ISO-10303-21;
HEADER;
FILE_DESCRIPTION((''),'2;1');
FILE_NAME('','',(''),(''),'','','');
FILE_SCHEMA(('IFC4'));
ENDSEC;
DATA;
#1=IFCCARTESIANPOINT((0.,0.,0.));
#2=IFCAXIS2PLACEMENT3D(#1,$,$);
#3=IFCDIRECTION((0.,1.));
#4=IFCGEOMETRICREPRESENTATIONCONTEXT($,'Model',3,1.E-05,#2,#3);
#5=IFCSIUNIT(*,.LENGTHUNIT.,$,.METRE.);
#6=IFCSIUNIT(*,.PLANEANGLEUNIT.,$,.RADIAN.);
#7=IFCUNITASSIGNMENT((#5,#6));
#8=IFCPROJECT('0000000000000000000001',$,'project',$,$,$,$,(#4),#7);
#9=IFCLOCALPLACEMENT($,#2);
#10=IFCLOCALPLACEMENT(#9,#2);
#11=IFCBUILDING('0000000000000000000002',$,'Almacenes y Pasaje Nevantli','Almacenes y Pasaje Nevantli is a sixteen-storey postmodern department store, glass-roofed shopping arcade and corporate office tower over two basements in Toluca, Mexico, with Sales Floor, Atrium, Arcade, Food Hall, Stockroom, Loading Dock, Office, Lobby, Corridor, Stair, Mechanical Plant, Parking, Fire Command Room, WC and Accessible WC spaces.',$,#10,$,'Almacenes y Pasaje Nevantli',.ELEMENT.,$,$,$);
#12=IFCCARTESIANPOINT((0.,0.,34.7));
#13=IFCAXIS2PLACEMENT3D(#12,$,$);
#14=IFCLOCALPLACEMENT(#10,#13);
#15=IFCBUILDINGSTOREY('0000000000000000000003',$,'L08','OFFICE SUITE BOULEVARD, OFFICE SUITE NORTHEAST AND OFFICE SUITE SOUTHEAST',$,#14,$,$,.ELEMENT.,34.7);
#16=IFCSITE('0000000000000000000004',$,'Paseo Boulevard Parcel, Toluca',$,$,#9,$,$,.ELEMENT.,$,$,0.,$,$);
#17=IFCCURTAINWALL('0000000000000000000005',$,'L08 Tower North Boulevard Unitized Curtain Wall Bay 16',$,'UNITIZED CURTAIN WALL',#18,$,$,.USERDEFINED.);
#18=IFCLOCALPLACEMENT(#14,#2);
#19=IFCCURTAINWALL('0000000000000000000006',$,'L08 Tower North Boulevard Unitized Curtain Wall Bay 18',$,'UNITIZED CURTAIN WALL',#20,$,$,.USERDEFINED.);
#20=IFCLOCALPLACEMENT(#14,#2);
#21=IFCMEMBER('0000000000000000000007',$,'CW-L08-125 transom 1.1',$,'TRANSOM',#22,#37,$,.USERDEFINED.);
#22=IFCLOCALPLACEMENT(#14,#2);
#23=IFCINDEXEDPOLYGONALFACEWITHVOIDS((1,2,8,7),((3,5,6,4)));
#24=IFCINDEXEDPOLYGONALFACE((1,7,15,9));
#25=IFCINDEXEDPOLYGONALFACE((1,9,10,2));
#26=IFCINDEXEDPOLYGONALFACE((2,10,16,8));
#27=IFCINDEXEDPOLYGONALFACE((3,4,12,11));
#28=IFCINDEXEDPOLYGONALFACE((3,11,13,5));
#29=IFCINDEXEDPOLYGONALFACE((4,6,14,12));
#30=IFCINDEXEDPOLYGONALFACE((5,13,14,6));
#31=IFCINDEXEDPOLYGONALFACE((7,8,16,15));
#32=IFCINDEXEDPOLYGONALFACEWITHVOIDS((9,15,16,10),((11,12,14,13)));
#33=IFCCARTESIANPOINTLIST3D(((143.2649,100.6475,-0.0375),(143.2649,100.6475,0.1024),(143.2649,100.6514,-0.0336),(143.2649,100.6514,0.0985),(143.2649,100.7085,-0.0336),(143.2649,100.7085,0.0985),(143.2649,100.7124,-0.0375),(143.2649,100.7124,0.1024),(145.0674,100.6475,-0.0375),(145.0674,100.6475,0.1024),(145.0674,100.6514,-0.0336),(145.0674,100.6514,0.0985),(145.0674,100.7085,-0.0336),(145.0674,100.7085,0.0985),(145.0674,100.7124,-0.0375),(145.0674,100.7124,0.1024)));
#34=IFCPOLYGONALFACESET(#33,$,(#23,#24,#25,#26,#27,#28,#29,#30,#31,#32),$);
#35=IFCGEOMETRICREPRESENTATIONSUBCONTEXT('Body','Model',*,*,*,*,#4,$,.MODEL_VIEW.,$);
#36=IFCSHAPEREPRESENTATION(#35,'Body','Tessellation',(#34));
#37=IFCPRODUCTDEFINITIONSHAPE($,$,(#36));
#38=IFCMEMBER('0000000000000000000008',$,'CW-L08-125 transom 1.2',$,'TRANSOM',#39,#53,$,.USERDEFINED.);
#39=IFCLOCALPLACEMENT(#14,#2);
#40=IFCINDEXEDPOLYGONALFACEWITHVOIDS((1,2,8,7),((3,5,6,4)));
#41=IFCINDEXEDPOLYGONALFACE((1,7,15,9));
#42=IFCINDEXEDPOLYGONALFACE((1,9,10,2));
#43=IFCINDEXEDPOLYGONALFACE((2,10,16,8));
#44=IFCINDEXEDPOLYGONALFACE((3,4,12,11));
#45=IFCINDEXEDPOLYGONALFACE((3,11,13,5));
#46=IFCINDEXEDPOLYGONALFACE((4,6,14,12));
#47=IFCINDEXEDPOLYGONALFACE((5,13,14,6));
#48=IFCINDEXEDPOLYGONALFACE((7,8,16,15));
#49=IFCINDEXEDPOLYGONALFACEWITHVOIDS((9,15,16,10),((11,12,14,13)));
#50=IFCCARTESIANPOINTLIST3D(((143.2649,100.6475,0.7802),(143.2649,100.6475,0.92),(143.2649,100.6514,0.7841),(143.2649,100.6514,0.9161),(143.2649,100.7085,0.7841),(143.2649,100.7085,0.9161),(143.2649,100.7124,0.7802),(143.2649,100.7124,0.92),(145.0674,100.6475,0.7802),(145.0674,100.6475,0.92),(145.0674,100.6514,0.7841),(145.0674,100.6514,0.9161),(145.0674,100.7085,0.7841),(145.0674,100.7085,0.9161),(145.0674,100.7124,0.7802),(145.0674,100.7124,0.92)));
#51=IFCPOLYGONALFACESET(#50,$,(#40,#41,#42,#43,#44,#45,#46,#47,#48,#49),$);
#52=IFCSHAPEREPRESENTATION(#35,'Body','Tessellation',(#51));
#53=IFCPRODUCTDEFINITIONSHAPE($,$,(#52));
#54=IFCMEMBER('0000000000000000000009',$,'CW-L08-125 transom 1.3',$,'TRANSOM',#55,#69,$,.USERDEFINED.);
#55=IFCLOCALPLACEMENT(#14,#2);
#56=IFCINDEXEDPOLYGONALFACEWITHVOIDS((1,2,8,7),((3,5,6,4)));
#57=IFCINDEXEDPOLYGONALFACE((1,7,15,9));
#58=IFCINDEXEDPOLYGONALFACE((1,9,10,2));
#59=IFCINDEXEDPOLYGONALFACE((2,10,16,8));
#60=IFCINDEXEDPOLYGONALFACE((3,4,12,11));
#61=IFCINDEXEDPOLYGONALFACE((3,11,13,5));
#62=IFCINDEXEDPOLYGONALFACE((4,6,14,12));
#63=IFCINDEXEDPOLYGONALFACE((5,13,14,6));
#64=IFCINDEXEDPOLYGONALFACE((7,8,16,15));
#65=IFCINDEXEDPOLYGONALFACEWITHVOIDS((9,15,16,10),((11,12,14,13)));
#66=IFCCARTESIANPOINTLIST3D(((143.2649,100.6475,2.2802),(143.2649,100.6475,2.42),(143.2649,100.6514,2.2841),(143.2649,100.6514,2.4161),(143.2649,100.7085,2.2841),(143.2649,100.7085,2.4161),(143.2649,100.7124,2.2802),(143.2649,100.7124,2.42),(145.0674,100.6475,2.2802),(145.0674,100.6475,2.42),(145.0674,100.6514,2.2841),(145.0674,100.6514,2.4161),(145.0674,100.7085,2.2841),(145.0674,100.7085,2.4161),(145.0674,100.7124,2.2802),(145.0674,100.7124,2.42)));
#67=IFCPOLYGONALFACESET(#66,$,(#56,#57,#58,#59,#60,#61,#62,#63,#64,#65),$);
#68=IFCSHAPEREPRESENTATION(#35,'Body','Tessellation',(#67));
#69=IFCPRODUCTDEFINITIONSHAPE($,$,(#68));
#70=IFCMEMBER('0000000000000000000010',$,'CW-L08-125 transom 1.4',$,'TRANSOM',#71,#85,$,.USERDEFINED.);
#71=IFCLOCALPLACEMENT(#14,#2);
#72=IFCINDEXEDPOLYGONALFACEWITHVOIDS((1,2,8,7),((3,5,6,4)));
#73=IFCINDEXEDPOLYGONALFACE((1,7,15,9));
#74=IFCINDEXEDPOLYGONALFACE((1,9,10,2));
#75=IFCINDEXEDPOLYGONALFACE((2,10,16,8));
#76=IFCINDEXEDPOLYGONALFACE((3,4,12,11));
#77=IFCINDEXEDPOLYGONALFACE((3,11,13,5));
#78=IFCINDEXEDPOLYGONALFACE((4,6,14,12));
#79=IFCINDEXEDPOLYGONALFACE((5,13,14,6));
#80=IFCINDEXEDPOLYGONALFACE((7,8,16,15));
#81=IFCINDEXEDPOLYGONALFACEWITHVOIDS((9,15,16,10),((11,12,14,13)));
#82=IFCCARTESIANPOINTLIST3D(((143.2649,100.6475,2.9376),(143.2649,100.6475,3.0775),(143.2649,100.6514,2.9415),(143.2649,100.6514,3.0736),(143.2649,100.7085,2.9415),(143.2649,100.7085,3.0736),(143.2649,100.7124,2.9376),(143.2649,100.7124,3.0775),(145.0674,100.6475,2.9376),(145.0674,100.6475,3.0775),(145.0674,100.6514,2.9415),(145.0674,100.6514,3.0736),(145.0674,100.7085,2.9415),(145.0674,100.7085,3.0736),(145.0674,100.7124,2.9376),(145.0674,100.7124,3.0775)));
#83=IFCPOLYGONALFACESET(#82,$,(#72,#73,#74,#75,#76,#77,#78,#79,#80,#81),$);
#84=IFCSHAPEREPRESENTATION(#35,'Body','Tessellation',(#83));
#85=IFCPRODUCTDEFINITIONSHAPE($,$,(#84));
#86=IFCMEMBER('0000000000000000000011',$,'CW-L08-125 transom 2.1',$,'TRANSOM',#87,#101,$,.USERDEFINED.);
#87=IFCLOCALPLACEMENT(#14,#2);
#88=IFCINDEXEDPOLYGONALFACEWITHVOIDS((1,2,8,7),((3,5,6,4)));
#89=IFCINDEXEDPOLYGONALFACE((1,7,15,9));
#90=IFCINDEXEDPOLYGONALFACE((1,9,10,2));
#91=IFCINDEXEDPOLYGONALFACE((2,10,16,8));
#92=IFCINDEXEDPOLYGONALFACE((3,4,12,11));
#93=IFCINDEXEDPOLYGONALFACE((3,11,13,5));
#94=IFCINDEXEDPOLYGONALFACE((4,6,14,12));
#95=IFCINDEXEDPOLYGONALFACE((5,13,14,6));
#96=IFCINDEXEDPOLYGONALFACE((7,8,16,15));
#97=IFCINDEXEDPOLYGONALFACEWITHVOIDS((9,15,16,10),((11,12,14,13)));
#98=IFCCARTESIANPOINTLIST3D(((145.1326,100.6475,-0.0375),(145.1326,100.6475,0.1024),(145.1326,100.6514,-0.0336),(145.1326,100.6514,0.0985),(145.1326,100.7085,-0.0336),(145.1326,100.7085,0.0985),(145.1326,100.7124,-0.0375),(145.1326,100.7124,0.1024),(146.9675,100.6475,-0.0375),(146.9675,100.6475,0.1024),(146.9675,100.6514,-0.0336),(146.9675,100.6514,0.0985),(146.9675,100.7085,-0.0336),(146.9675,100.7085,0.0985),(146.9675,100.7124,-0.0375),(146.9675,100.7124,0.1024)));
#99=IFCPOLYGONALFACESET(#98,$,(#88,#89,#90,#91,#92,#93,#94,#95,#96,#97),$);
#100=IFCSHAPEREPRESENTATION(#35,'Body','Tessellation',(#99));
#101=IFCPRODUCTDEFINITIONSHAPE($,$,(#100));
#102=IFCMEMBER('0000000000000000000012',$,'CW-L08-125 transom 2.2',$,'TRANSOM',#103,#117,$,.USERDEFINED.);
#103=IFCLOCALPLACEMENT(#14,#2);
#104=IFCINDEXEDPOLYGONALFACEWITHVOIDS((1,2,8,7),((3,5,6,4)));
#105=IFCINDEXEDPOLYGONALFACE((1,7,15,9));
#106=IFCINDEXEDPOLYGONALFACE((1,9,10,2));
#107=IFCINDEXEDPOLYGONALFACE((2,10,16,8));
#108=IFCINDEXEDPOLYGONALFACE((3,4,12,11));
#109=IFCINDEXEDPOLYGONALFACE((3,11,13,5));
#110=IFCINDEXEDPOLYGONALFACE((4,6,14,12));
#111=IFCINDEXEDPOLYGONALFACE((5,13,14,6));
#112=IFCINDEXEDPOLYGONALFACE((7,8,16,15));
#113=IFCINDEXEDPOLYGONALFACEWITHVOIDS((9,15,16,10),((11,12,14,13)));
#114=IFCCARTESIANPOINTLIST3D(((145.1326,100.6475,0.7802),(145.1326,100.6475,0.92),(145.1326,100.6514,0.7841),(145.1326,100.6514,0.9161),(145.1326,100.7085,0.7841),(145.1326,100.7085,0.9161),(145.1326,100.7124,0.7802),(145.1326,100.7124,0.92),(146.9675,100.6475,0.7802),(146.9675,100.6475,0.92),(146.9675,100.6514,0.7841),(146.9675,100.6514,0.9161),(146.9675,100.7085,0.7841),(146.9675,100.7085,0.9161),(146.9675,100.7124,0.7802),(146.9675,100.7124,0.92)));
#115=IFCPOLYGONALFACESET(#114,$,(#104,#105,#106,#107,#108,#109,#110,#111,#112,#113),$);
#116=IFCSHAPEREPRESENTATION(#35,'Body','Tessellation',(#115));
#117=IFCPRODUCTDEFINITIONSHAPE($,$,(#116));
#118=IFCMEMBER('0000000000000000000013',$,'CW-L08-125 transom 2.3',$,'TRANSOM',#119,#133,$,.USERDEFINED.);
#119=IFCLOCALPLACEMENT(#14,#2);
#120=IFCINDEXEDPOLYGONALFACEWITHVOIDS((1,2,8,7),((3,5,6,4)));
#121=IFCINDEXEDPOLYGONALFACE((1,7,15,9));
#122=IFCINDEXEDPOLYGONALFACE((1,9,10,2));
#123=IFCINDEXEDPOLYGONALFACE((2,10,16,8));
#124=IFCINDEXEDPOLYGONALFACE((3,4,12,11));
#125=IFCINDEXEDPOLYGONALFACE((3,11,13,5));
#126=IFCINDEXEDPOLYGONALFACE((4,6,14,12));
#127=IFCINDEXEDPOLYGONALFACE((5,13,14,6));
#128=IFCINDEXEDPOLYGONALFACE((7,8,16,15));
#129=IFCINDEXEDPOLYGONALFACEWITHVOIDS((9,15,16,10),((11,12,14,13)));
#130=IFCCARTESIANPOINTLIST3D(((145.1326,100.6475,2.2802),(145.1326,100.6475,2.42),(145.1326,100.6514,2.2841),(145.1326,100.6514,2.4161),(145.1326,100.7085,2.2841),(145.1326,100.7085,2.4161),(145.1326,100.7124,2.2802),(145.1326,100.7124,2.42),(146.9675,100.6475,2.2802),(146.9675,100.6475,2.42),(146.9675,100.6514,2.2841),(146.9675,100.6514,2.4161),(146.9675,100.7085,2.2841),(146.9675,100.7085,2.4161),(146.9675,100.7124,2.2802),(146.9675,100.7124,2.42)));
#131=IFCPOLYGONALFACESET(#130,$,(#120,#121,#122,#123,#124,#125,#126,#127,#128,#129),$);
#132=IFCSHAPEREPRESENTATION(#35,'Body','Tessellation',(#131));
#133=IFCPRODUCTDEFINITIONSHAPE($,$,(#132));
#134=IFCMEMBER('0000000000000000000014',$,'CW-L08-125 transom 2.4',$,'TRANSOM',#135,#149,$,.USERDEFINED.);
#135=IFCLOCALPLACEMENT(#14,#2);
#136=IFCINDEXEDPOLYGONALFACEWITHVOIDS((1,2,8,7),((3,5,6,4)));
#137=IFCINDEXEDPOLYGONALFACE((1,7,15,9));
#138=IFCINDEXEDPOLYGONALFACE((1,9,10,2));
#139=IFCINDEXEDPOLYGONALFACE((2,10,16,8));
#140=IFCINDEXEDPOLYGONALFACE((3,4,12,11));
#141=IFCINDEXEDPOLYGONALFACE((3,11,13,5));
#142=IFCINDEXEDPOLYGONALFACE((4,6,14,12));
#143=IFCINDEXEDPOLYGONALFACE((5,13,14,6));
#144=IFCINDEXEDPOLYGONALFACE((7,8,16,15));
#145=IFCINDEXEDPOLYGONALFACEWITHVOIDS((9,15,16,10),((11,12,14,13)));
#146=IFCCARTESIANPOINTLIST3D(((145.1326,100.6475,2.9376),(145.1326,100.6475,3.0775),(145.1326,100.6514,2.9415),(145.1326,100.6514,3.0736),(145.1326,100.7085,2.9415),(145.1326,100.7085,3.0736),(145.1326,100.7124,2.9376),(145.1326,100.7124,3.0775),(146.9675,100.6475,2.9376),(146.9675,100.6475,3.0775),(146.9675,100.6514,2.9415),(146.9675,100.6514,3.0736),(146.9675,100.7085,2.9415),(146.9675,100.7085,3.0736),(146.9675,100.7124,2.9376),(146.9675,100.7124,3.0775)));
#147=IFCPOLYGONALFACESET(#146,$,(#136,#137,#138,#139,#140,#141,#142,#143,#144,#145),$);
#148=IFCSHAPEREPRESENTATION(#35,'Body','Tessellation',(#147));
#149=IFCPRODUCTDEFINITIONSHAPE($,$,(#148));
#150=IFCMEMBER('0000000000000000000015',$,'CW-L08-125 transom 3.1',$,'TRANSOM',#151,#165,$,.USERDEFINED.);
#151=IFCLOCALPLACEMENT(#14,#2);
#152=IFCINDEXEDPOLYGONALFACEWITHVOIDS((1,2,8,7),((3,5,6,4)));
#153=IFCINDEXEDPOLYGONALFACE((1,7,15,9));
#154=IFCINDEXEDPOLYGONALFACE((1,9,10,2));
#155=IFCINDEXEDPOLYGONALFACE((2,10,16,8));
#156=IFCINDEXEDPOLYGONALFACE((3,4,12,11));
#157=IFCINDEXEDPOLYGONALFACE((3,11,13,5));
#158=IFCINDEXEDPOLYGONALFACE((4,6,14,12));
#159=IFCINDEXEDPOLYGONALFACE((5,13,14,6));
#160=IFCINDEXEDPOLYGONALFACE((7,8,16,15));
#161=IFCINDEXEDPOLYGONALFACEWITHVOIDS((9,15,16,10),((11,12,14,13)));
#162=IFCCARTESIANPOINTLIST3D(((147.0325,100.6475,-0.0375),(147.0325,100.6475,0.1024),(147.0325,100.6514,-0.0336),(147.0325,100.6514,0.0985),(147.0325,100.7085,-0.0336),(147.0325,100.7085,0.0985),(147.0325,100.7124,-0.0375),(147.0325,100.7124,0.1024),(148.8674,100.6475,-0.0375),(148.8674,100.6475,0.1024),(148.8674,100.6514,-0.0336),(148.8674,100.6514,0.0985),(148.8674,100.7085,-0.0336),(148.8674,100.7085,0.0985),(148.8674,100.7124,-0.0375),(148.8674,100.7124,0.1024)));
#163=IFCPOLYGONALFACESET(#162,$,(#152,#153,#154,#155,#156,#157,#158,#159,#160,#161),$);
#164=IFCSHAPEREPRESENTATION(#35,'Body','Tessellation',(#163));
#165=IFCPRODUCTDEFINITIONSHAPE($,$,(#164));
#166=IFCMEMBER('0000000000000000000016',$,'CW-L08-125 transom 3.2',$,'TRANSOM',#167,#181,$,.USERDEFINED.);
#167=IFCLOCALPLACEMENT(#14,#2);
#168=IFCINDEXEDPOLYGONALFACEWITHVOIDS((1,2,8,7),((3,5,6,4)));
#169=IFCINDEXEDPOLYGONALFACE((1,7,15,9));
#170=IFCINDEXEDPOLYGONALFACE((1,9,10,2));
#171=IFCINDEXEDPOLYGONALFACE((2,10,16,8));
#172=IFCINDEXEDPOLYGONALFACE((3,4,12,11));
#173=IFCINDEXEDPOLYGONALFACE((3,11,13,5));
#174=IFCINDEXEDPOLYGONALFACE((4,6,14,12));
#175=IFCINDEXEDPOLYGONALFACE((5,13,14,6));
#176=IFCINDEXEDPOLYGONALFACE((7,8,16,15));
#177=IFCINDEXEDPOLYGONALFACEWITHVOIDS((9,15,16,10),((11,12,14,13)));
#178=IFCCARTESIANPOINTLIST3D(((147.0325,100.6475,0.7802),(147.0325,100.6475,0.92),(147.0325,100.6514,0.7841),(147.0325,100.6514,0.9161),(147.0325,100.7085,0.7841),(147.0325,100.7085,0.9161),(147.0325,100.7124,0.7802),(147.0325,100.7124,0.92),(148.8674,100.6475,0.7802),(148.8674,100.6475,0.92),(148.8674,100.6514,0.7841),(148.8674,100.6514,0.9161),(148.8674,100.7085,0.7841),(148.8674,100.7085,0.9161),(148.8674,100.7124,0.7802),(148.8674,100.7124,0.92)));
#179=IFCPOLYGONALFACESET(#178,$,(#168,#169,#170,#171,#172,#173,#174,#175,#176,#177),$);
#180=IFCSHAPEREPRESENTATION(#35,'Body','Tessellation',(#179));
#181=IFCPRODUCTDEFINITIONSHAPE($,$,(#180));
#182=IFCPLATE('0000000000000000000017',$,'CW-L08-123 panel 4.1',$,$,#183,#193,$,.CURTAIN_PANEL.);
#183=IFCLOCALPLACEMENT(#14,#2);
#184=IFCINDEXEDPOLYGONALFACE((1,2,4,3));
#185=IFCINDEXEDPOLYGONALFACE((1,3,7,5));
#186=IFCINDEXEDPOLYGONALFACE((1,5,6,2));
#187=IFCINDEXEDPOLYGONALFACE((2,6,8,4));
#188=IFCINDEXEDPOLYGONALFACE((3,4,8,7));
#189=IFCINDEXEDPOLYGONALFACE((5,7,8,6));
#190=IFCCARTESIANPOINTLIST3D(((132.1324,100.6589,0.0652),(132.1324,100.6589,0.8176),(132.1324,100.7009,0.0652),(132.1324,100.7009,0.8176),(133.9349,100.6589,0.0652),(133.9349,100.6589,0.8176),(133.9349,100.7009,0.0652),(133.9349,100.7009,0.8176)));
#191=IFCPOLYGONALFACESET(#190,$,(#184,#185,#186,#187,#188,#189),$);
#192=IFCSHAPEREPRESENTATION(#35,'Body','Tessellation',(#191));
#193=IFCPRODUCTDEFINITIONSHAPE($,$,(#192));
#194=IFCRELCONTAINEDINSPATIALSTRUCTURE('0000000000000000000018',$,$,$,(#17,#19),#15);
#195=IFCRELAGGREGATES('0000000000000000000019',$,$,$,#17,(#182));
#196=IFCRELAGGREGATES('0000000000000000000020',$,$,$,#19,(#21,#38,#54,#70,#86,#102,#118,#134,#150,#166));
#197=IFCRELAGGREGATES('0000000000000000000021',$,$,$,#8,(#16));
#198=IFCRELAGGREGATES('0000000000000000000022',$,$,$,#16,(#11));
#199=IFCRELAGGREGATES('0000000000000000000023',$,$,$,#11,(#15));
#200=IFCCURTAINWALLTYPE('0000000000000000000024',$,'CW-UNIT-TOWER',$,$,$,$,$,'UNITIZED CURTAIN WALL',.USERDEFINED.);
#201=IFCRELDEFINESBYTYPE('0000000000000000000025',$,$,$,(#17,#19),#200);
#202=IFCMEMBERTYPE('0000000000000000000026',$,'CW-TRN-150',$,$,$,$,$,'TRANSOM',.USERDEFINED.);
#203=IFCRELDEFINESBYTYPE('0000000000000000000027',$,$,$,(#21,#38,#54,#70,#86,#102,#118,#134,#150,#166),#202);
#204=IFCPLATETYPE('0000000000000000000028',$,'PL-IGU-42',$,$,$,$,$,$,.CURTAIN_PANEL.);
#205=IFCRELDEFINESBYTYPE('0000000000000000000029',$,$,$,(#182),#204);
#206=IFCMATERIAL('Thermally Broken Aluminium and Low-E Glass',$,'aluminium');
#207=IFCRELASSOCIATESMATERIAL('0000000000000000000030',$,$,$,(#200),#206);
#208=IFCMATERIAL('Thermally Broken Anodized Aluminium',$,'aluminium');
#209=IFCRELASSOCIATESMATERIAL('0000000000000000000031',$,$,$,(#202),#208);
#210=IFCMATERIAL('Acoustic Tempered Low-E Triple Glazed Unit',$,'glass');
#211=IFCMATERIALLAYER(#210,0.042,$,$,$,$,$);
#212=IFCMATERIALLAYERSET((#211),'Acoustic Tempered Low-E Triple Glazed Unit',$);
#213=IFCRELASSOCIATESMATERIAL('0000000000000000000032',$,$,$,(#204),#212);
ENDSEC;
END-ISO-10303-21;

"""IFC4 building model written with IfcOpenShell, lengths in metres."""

from ifc_helpers import new_model, si_unit, direction, frame, origin, origin_2d, place, context, subcontext, project, spatial, rectangle, hollow_rectangle, extrude, material, layer, layer_set, material_profile, profile_set, type_object, element, aggregate, save


model = new_model("IFC4")

# Units and contexts
model_context = context("Model", 3, precision=1e-05, world=origin(), true_north=direction((0.0, 1.0)))
body_context = subcontext(model_context, "Body", "Model", "MODEL_VIEW")
ifc_project = project(units=[si_unit("LENGTHUNIT", "METRE"), si_unit("PLANEANGLEUNIT", "RADIAN")], contexts=[model_context])

# Site, building, storey
site_placement = place(None, origin())
site = spatial("IfcSite", under=ifc_project, at=site_placement, Name="Paseo Boulevard Parcel, Toluca", CompositionType="ELEMENT", RefElevation=0.0)
building_placement = place(site_placement, origin())
building = spatial("IfcBuilding", under=site, at=building_placement, Name="Almacenes y Pasaje Nevantli", Description="Almacenes y Pasaje Nevantli is a sixteen-storey postmodern department store, glass-roofed shopping arcade and corporate office tower over two basements in Toluca, Mexico, with Sales Floor, Atrium, Arcade, Food Hall, Stockroom, Loading Dock, Office, Lobby, Corridor, Stair, Mechanical Plant, Parking, Fire Command Room, WC and Accessible WC spaces.", LongName="Almacenes y Pasaje Nevantli", CompositionType="ELEMENT")
storey_placement = place(building_placement, frame((0.0, 0.0, 34.7)))
storey = spatial("IfcBuildingStorey", under=building, at=storey_placement, Name="L08", Description="OFFICE SUITE BOULEVARD, OFFICE SUITE NORTHEAST AND OFFICE SUITE SOUTHEAST", CompositionType="ELEMENT", Elevation=34.7)

# Curtain wall
ifc_material_1 = material(Name="Thermally Broken Aluminium and Low-E Glass", Category="aluminium")
curtain_wall_type = type_object("IfcCurtainWallType", Name="CW-UNIT-TOWER", ElementType="UNITIZED CURTAIN WALL", PredefinedType="USERDEFINED", material=ifc_material_1)
curtain_wall_1_placement = place(storey_placement, origin())
curtain_wall_1 = element("IfcCurtainWall", 1, at=curtain_wall_1_placement, inside=storey, type_object=curtain_wall_type, Name="L08 Tower North Boulevard Unitized Curtain Wall Bay 16", ObjectType="UNITIZED CURTAIN WALL", PredefinedType="USERDEFINED")

# Curtain wall
curtain_wall_2_placement = place(storey_placement, origin())
curtain_wall_2 = element("IfcCurtainWall", 2, at=curtain_wall_2_placement, inside=storey, type_object=curtain_wall_type, Name="L08 Tower North Boulevard Unitized Curtain Wall Bay 18", ObjectType="UNITIZED CURTAIN WALL", PredefinedType="USERDEFINED")

# Members
ifc_material_2 = material(Name="Thermally Broken Anodized Aluminium", Category="aluminium")
ifc_material_profile_1 = material_profile(ifc_material_2, hollow_rectangle(XDim=0.0649, YDim=0.1399, WallThickness=0.0039, at=origin_2d()), Name="ALU-TRN-65x140")
ifc_profile_set_1 = profile_set([ifc_material_profile_1], Name="Thermally Broken Anodized Aluminium")
member_type_1 = type_object("IfcMemberType", Name="CW-TRN-150", ElementType="TRANSOM", PredefinedType="USERDEFINED", material=ifc_profile_set_1)
member_1_placement = place(storey_placement, frame((143.2649, 100.6799, 0.0325), z_axis=(1.0, 0.0, 0.0), x_axis=(0.0, 1.0, 0.0)))
member_1 = element("IfcMember", 3, at=member_1_placement, type_object=member_type_1, Name="CW-L08-125 transom 1.1", ObjectType="TRANSOM", PredefinedType="USERDEFINED", context=body_context, shape_type="SweptSolid", body=[
    extrude(hollow_rectangle(XDim=0.0649, YDim=0.1399, WallThickness=0.0039, at=origin_2d()), origin(), (0.0, 0.0, 1.0), 1.8025),
])
member_2_placement = place(storey_placement, frame((143.2649, 100.6799, 0.8501), z_axis=(1.0, 0.0, 0.0), x_axis=(0.0, 1.0, 0.0)))
member_2 = element("IfcMember", 4, at=member_2_placement, type_object=member_type_1, Name="CW-L08-125 transom 1.2", ObjectType="TRANSOM", PredefinedType="USERDEFINED", context=body_context, shape_type="SweptSolid", body=[
    extrude(hollow_rectangle(XDim=0.0649, YDim=0.1399, WallThickness=0.0039, at=origin_2d()), origin(), (0.0, 0.0, 1.0), 1.8025),
])
member_3_placement = place(storey_placement, frame((143.2649, 100.6799, 2.3501), z_axis=(1.0, 0.0, 0.0), x_axis=(0.0, 1.0, 0.0)))
member_3 = element("IfcMember", 5, at=member_3_placement, type_object=member_type_1, Name="CW-L08-125 transom 1.3", ObjectType="TRANSOM", PredefinedType="USERDEFINED", context=body_context, shape_type="SweptSolid", body=[
    extrude(hollow_rectangle(XDim=0.0649, YDim=0.1399, WallThickness=0.0039, at=origin_2d()), origin(), (0.0, 0.0, 1.0), 1.8025),
])
member_4_placement = place(storey_placement, frame((143.2649, 100.6799, 3.0076), z_axis=(1.0, 0.0, 0.0), x_axis=(0.0, 1.0, 0.0)))
member_4 = element("IfcMember", 6, at=member_4_placement, type_object=member_type_1, Name="CW-L08-125 transom 1.4", ObjectType="TRANSOM", PredefinedType="USERDEFINED", context=body_context, shape_type="SweptSolid", body=[
    extrude(hollow_rectangle(XDim=0.0649, YDim=0.1399, WallThickness=0.0039, at=origin_2d()), origin(), (0.0, 0.0, 1.0), 1.8025),
])
member_5_placement = place(storey_placement, frame((145.1326, 100.6799, 0.0325), z_axis=(1.0, 0.0, 0.0), x_axis=(0.0, 1.0, 0.0)))
member_5 = element("IfcMember", 7, at=member_5_placement, type_object=member_type_1, Name="CW-L08-125 transom 2.1", ObjectType="TRANSOM", PredefinedType="USERDEFINED", context=body_context, shape_type="SweptSolid", body=[
    extrude(hollow_rectangle(XDim=0.0649, YDim=0.1399, WallThickness=0.0039, at=origin_2d()), origin(), (0.0, 0.0, 1.0), 1.835),
])
member_6_placement = place(storey_placement, frame((145.1326, 100.6799, 0.8501), z_axis=(1.0, 0.0, 0.0), x_axis=(0.0, 1.0, 0.0)))
member_6 = element("IfcMember", 8, at=member_6_placement, type_object=member_type_1, Name="CW-L08-125 transom 2.2", ObjectType="TRANSOM", PredefinedType="USERDEFINED", context=body_context, shape_type="SweptSolid", body=[
    extrude(hollow_rectangle(XDim=0.0649, YDim=0.1399, WallThickness=0.0039, at=origin_2d()), origin(), (0.0, 0.0, 1.0), 1.835),
])
member_7_placement = place(storey_placement, frame((145.1326, 100.6799, 2.3501), z_axis=(1.0, 0.0, 0.0), x_axis=(0.0, 1.0, 0.0)))
member_7 = element("IfcMember", 9, at=member_7_placement, type_object=member_type_1, Name="CW-L08-125 transom 2.3", ObjectType="TRANSOM", PredefinedType="USERDEFINED", context=body_context, shape_type="SweptSolid", body=[
    extrude(hollow_rectangle(XDim=0.0649, YDim=0.1399, WallThickness=0.0039, at=origin_2d()), origin(), (0.0, 0.0, 1.0), 1.835),
])
member_8_placement = place(storey_placement, frame((145.1326, 100.6799, 3.0076), z_axis=(1.0, 0.0, 0.0), x_axis=(0.0, 1.0, 0.0)))
member_8 = element("IfcMember", 10, at=member_8_placement, type_object=member_type_1, Name="CW-L08-125 transom 2.4", ObjectType="TRANSOM", PredefinedType="USERDEFINED", context=body_context, shape_type="SweptSolid", body=[
    extrude(hollow_rectangle(XDim=0.0649, YDim=0.1399, WallThickness=0.0039, at=origin_2d()), origin(), (0.0, 0.0, 1.0), 1.835),
])
member_9_placement = place(storey_placement, frame((147.0325, 100.6799, 0.0325), z_axis=(1.0, 0.0, 0.0), x_axis=(0.0, 1.0, 0.0)))
member_9 = element("IfcMember", 11, at=member_9_placement, type_object=member_type_1, Name="CW-L08-125 transom 3.1", ObjectType="TRANSOM", PredefinedType="USERDEFINED", context=body_context, shape_type="SweptSolid", body=[
    extrude(hollow_rectangle(XDim=0.0649, YDim=0.1399, WallThickness=0.0039, at=origin_2d()), origin(), (0.0, 0.0, 1.0), 1.835),
])
member_10_placement = place(storey_placement, frame((147.0325, 100.6799, 0.8501), z_axis=(1.0, 0.0, 0.0), x_axis=(0.0, 1.0, 0.0)))
member_10 = element("IfcMember", 12, at=member_10_placement, type_object=member_type_1, Name="CW-L08-125 transom 3.2", ObjectType="TRANSOM", PredefinedType="USERDEFINED", context=body_context, shape_type="SweptSolid", body=[
    extrude(hollow_rectangle(XDim=0.0649, YDim=0.1399, WallThickness=0.0039, at=origin_2d()), origin(), (0.0, 0.0, 1.0), 1.835),
])

# Plate
ifc_material_3 = material(Name="Acoustic Tempered Low-E Triple Glazed Unit", Category="glass")
ifc_layer_1 = layer(ifc_material_3, 0.042)
ifc_layer_set_1 = layer_set([ifc_layer_1], Name="Acoustic Tempered Low-E Triple Glazed Unit")
plate_type = type_object("IfcPlateType", Name="PL-IGU-42", PredefinedType="CURTAIN_PANEL", material=ifc_layer_set_1)
plate_1_placement = place(storey_placement, frame((133.0337, 100.6799, 0.0652), z_axis=(0.0, 0.0, 1.0), x_axis=(1.0, 0.0, 0.0)))
plate_1 = element("IfcPlate", 13, at=plate_1_placement, type_object=plate_type, Name="CW-L08-123 panel 4.1", PredefinedType="CURTAIN_PANEL", context=body_context, shape_type="SweptSolid", body=[
    extrude(rectangle(XDim=1.8025, YDim=0.042, at=origin_2d()), origin(), (0.0, 0.0, 1.0), 0.7524),
])
aggregate(curtain_wall_1, [plate_1])
aggregate(curtain_wall_2, [member_1, member_2, member_3, member_4, member_5, member_6, member_7, member_8, member_9, member_10])

save(model, "model.ifc")
